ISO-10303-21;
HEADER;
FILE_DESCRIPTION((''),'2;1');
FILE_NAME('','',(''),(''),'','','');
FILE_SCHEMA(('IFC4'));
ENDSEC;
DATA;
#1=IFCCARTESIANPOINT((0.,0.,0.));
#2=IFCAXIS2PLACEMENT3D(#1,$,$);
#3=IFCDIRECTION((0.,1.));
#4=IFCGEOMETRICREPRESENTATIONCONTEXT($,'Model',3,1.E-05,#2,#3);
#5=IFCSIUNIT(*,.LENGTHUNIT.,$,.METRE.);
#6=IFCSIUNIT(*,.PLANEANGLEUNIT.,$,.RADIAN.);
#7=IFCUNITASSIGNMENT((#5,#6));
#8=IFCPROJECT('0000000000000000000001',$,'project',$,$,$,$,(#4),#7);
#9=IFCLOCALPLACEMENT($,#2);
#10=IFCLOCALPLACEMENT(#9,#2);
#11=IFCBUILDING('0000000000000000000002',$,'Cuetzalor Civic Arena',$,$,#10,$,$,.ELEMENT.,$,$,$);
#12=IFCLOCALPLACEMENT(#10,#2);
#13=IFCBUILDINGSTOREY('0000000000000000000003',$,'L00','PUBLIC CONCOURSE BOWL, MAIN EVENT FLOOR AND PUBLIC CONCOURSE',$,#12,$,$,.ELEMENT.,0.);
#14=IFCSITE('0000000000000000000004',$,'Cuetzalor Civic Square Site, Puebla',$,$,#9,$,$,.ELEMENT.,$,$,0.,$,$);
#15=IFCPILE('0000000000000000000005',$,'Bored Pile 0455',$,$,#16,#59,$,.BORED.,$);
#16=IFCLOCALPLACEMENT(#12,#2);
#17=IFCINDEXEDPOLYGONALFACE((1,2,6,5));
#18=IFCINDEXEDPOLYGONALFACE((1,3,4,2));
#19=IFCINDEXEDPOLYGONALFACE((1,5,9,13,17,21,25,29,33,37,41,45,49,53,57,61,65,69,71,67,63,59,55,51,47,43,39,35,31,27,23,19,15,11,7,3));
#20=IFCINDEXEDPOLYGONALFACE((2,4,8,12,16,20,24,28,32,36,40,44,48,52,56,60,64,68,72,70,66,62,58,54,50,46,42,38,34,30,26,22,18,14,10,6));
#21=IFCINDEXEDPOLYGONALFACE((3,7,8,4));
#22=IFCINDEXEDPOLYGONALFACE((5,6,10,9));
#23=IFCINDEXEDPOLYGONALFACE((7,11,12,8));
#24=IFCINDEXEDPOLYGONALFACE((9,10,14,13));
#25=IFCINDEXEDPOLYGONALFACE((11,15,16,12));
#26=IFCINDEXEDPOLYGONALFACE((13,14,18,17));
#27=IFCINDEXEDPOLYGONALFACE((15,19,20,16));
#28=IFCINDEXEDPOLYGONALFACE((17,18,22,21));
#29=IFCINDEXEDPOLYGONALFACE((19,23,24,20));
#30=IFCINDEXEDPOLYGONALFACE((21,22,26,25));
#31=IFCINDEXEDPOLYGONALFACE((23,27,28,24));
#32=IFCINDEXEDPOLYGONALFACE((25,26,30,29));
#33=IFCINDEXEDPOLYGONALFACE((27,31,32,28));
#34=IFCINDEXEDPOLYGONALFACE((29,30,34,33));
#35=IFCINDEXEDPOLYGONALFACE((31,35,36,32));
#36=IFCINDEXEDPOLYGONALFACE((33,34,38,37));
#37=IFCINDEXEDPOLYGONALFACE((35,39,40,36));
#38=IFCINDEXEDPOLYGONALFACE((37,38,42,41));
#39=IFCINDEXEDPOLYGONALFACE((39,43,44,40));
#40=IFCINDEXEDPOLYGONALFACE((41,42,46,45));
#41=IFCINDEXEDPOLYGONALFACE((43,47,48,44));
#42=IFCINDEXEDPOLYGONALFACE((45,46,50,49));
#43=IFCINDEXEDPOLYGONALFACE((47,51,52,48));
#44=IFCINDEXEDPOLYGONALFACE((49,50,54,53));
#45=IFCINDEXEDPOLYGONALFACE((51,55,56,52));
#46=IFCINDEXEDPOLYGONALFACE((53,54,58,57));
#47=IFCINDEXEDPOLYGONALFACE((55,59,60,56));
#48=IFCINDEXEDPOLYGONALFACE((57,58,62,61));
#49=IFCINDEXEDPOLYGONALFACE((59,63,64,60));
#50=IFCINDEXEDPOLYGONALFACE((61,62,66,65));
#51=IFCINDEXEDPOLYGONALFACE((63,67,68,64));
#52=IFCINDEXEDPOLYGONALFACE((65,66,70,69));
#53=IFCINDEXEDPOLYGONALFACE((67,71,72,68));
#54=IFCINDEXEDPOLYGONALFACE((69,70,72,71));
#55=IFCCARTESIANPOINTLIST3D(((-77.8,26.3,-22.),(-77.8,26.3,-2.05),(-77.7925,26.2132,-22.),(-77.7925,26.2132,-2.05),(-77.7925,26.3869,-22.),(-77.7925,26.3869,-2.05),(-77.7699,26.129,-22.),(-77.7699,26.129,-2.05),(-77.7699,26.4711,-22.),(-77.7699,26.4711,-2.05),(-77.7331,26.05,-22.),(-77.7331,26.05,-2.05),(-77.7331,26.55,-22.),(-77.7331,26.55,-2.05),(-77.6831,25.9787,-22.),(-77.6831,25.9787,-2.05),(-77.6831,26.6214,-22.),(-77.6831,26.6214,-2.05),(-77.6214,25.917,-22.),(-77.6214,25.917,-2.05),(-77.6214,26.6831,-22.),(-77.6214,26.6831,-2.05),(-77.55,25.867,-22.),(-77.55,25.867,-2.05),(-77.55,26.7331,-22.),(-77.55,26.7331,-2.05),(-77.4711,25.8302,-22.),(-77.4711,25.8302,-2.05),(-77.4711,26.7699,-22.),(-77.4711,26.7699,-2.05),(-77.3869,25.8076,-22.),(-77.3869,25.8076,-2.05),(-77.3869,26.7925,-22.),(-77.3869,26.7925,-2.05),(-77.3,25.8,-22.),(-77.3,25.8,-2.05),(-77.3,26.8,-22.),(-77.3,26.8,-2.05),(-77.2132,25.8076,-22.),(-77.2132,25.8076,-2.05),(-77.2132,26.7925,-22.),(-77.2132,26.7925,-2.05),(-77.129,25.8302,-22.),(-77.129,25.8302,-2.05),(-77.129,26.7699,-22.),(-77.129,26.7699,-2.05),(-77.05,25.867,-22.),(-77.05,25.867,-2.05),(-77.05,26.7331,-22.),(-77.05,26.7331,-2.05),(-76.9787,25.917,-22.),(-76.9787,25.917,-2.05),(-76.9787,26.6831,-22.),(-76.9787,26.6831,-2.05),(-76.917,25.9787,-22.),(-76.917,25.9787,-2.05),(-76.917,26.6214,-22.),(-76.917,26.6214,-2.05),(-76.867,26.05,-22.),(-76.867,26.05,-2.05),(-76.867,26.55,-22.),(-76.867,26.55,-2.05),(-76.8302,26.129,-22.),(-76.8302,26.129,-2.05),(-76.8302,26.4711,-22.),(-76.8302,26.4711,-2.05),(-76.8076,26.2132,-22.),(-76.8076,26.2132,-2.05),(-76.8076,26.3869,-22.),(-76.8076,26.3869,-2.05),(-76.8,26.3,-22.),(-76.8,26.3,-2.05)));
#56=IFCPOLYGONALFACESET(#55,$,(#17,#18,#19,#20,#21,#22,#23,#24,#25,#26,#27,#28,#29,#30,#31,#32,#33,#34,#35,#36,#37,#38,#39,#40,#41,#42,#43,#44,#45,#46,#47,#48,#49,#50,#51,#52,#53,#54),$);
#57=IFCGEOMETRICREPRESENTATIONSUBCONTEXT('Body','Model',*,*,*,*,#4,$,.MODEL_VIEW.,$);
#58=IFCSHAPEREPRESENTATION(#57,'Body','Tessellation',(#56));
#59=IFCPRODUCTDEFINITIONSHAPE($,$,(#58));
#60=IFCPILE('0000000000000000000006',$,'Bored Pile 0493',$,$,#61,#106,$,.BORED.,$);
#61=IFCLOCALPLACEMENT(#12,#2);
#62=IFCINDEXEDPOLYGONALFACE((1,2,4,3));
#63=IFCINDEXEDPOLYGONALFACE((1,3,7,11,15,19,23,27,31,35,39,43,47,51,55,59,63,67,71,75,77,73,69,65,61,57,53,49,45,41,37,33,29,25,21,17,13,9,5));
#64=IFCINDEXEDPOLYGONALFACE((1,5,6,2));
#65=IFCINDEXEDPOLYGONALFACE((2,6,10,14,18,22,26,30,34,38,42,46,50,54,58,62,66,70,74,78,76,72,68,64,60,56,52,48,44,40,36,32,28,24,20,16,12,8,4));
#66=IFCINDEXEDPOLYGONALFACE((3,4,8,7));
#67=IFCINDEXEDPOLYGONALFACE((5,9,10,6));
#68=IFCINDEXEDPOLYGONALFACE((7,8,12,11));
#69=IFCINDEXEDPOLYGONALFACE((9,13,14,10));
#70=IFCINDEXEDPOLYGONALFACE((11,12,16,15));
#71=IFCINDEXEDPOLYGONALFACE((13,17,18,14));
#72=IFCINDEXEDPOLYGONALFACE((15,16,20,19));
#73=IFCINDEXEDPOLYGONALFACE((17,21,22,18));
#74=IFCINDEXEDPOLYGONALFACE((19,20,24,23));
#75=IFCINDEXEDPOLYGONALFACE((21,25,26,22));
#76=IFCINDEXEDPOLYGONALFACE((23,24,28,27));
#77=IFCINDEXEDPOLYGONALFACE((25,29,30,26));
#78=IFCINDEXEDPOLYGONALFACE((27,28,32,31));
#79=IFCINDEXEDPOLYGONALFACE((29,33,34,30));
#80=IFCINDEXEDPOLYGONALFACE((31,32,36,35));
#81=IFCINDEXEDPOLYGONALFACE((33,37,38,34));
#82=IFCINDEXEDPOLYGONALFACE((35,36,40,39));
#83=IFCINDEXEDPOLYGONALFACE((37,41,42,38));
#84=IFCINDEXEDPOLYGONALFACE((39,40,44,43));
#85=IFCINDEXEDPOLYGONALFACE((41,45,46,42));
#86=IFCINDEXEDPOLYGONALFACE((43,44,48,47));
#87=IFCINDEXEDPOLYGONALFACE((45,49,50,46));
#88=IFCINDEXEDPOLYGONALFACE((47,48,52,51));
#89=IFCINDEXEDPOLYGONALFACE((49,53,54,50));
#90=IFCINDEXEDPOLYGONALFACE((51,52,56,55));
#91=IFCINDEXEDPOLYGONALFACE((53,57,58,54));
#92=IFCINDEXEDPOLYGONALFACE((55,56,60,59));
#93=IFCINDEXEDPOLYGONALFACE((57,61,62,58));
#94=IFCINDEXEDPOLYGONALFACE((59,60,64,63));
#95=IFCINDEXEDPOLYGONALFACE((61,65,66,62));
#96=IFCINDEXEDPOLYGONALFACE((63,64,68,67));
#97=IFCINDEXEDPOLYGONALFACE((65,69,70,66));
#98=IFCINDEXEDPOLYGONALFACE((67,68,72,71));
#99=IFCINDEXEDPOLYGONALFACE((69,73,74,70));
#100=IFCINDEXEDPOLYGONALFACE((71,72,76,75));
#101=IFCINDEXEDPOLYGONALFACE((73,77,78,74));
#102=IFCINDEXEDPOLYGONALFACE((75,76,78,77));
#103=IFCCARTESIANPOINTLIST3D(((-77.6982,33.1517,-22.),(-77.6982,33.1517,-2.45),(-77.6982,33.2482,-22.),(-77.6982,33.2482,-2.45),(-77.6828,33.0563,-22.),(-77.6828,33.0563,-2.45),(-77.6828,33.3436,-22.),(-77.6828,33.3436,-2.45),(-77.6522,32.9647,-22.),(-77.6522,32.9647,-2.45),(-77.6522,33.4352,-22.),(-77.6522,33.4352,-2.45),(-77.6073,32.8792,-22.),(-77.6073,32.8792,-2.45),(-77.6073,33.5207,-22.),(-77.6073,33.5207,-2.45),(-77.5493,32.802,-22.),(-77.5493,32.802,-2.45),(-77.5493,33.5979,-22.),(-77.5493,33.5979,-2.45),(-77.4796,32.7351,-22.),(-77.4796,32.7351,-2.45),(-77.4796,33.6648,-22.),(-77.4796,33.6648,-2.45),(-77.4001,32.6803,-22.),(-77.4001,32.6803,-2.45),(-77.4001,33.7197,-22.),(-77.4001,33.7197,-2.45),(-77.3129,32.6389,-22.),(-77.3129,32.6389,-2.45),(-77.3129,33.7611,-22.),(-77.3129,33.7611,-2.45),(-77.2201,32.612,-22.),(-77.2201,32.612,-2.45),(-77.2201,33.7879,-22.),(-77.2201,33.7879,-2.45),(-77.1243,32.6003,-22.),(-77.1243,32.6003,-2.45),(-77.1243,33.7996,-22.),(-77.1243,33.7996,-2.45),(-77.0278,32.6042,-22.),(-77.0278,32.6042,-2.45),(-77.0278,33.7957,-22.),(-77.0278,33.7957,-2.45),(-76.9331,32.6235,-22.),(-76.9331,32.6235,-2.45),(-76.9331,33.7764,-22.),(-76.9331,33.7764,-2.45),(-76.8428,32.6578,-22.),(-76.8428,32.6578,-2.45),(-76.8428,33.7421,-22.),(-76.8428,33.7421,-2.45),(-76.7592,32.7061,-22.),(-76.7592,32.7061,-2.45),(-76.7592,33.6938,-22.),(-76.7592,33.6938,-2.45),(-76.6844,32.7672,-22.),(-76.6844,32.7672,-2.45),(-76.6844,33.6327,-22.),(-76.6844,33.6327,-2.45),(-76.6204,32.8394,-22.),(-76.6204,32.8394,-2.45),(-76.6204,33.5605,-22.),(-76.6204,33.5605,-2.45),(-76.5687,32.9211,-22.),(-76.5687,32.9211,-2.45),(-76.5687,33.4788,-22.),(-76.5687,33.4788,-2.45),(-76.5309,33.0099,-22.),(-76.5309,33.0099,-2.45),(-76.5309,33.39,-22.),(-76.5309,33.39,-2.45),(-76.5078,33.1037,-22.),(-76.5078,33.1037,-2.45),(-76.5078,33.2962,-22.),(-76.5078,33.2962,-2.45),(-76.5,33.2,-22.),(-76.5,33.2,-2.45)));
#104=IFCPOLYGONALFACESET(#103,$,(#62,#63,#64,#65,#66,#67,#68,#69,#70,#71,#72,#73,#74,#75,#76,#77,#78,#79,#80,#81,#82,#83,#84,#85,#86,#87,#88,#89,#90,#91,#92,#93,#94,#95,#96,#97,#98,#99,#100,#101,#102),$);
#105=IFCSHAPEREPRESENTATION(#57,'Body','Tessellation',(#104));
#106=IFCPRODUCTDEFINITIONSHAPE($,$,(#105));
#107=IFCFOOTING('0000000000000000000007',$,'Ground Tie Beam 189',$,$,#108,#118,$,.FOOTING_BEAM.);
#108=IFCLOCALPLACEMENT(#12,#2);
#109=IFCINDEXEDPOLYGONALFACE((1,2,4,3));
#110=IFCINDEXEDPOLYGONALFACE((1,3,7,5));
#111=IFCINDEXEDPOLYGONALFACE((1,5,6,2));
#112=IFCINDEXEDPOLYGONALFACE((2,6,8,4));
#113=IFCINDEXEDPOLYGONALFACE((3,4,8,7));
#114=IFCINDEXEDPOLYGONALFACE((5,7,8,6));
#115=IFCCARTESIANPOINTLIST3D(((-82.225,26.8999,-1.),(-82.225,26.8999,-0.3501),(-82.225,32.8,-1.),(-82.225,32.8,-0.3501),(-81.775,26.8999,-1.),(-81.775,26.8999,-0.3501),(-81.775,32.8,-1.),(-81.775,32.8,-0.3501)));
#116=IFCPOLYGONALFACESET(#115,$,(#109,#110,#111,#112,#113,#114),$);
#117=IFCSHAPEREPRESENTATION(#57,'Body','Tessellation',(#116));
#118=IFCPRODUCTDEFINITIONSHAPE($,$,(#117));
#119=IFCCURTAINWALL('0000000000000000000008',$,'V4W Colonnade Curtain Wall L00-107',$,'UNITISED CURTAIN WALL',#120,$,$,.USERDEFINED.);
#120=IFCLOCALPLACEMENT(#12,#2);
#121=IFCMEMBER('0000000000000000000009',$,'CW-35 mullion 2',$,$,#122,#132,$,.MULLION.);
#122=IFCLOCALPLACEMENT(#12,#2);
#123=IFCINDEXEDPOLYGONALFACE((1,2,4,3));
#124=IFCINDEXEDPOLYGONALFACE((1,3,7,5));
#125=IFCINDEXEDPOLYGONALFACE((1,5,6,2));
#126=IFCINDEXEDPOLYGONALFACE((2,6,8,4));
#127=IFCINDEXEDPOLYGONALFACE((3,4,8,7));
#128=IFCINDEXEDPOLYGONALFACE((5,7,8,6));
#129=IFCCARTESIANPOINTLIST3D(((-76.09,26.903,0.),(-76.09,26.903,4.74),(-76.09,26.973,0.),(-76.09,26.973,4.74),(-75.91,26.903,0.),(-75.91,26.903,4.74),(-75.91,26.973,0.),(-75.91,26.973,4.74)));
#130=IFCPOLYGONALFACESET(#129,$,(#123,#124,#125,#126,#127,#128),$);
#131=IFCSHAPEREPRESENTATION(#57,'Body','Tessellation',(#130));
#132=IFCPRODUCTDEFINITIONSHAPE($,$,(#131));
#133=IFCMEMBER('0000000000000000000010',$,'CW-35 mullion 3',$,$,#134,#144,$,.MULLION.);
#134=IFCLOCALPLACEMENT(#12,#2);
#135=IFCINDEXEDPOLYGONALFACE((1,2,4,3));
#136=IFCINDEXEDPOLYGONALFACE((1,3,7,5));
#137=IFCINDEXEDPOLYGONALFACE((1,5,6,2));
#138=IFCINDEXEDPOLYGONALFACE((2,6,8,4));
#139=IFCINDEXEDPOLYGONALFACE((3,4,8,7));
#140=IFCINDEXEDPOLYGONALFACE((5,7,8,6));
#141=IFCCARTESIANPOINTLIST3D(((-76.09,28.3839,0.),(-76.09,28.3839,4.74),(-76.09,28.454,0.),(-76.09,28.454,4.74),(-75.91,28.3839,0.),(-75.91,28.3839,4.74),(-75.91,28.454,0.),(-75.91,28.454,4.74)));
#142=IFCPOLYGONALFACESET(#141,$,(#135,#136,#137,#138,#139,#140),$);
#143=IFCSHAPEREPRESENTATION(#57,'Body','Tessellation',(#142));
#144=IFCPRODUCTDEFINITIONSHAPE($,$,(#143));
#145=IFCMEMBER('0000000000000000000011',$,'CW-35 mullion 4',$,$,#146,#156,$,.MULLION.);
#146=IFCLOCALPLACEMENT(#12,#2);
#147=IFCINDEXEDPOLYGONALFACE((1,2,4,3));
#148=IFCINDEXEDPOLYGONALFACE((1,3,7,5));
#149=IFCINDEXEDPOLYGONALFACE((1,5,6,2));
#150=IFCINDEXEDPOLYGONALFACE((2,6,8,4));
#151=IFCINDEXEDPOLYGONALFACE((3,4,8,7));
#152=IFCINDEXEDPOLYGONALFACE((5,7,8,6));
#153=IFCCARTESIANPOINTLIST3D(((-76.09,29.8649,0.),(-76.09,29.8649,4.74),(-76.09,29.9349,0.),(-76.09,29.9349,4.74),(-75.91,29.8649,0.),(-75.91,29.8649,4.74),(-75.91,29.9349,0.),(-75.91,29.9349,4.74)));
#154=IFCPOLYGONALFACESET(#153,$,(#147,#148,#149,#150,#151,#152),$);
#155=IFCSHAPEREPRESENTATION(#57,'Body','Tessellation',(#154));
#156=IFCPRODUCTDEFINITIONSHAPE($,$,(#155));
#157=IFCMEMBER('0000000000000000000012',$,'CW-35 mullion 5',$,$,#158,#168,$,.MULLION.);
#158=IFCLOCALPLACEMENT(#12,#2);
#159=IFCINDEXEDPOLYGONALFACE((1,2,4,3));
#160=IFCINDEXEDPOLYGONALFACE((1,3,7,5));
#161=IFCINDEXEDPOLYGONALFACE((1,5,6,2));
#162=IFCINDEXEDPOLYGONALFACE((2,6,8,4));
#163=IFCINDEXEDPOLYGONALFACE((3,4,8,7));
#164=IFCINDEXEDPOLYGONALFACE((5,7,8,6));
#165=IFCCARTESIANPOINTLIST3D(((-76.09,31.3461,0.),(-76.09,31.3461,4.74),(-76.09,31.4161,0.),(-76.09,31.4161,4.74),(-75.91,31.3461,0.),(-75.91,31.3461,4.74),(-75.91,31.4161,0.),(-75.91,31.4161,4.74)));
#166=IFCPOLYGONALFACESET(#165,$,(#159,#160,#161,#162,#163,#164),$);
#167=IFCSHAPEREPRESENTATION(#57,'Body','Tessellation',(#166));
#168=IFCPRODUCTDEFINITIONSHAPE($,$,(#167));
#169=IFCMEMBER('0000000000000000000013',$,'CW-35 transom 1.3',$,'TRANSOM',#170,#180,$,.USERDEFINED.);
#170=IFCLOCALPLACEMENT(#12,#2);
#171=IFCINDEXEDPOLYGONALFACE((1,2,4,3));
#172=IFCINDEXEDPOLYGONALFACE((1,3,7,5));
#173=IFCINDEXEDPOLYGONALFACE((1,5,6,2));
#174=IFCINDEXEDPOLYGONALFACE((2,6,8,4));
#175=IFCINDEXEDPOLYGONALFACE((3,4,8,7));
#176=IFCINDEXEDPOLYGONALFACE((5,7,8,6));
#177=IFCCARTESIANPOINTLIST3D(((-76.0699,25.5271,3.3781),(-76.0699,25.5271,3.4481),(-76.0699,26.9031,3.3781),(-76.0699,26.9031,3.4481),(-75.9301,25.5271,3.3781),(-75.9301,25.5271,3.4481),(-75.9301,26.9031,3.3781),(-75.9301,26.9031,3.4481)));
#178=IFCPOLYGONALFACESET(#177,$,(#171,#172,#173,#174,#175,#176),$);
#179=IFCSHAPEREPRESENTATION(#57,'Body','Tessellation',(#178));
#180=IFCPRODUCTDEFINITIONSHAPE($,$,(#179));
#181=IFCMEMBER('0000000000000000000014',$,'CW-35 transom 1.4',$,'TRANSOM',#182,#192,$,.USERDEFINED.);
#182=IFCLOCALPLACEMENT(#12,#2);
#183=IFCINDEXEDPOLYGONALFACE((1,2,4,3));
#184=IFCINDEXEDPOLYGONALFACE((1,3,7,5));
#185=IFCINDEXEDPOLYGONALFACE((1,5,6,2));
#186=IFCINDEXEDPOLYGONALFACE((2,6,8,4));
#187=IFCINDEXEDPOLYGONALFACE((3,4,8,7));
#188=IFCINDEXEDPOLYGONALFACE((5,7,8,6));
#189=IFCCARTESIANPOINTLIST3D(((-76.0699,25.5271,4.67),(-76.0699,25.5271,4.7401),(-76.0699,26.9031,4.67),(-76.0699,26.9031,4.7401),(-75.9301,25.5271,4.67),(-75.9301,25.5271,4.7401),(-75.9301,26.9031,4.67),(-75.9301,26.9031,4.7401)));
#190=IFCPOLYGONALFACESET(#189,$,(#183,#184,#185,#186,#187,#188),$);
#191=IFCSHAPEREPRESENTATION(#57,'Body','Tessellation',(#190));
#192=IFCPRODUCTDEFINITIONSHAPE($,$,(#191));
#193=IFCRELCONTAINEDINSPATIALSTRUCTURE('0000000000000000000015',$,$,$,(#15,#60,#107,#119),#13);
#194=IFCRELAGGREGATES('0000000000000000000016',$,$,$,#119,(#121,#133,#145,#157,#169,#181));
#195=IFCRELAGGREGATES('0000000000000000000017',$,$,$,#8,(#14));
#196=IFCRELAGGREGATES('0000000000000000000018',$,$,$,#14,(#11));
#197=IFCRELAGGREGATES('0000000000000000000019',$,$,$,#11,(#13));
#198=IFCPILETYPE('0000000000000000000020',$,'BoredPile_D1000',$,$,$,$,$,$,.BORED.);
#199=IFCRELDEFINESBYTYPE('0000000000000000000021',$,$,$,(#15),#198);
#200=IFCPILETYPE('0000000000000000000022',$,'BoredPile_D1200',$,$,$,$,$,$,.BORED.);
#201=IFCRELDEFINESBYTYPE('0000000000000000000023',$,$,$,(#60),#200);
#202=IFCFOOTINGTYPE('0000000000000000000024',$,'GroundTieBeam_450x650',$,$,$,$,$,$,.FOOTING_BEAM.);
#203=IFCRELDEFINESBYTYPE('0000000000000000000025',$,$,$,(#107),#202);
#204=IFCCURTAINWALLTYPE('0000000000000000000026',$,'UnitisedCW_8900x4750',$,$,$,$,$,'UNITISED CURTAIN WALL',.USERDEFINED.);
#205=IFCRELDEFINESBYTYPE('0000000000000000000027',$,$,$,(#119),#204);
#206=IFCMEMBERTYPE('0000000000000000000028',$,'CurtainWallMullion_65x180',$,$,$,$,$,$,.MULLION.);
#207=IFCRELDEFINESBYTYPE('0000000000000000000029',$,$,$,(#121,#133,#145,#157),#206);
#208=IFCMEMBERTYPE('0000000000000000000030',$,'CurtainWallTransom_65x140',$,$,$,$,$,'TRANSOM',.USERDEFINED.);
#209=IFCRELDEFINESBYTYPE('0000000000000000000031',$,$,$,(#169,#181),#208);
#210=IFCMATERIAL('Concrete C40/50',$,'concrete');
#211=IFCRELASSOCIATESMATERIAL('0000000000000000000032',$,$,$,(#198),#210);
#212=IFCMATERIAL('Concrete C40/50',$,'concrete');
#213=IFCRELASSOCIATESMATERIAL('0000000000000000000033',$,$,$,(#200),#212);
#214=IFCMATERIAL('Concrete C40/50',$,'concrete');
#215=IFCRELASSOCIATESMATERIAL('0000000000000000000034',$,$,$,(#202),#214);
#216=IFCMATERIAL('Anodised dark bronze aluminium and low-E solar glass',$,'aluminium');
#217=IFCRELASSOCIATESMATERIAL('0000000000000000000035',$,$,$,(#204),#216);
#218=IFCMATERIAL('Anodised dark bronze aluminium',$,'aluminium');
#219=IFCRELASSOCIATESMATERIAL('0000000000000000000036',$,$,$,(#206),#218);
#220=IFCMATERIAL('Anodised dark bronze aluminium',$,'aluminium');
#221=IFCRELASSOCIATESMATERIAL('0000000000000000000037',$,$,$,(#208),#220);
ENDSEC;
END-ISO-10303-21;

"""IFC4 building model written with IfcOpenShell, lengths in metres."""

from ifc_helpers import new_model, si_unit, direction, frame, origin, origin_2d, place, context, subcontext, project, spatial, rectangle, circle, extrude, material, material_profile, profile_set, type_object, element, aggregate, save


model = new_model("IFC4")

# Units and contexts
model_context = context("Model", 3, precision=1e-05, world=origin(), true_north=direction((0.0, 1.0)))
body_context = subcontext(model_context, "Body", "Model", "MODEL_VIEW")
ifc_project = project(units=[si_unit("LENGTHUNIT", "METRE"), si_unit("PLANEANGLEUNIT", "RADIAN")], contexts=[model_context])

# Site, building, storey
site_placement = place(None, origin())
site = spatial("IfcSite", under=ifc_project, at=site_placement, Name="Cuetzalor Civic Square Site, Puebla", CompositionType="ELEMENT", RefElevation=0.0)
building_placement = place(site_placement, origin())
building = spatial("IfcBuilding", under=site, at=building_placement, Name="Cuetzalor Civic Arena", CompositionType="ELEMENT")
storey_placement = place(building_placement, origin())
storey = spatial("IfcBuildingStorey", under=building, at=storey_placement, Name="L00", Description="PUBLIC CONCOURSE BOWL, MAIN EVENT FLOOR AND PUBLIC CONCOURSE", CompositionType="ELEMENT", Elevation=0.0)

# Piles
ifc_material_1 = material(Name="Concrete C40/50", Category="concrete")
ifc_material_profile_1 = material_profile(ifc_material_1, circle(Radius=0.5, at=origin_2d()), Name="BORED PILE D1000")
ifc_profile_set_1 = profile_set([ifc_material_profile_1], Name="Concrete C40/50")
pile_type_1 = type_object("IfcPileType", Name="BoredPile_D1000", PredefinedType="BORED", material=ifc_profile_set_1)
pile_1_placement = place(storey_placement, frame((-77.3, 26.3, -2.05), z_axis=(0.0, 0.0, -1.0), x_axis=(1.0, 0.0, 0.0)))
element("IfcPile", 1, at=pile_1_placement, inside=storey, type_object=pile_type_1, Name="Bored Pile 0455", PredefinedType="BORED", context=body_context, shape_type="SweptSolid", body=[
    extrude(circle(Radius=0.5, at=origin_2d()), origin(), (0.0, 0.0, 1.0), 19.95),
])
ifc_material_2 = material(Name="Concrete C40/50", Category="concrete")
ifc_material_profile_2 = material_profile(ifc_material_2, circle(Radius=0.6001, at=origin_2d()), Name="BORED PILE D1200")
ifc_profile_set_2 = profile_set([ifc_material_profile_2], Name="Concrete C40/50")
pile_type_2 = type_object("IfcPileType", Name="BoredPile_D1200", PredefinedType="BORED", material=ifc_profile_set_2)
pile_2_placement = place(storey_placement, frame((-77.1001, 33.2, -2.45), z_axis=(0.0, 0.0, -1.0), x_axis=(1.0, 0.0, 0.0)))
element("IfcPile", 2, at=pile_2_placement, inside=storey, type_object=pile_type_2, Name="Bored Pile 0493", PredefinedType="BORED", context=body_context, shape_type="SweptSolid", body=[
    extrude(circle(Radius=0.6001, at=origin_2d()), origin(), (0.0, 0.0, 1.0), 19.55),
])

# Footing
ifc_material_3 = material(Name="Concrete C40/50", Category="concrete")
ifc_material_profile_3 = material_profile(ifc_material_3, rectangle(XDim=0.45, YDim=0.6499, at=origin_2d()), Name="RC 450x650")
ifc_profile_set_3 = profile_set([ifc_material_profile_3], Name="Concrete C40/50")
footing_type = type_object("IfcFootingType", Name="GroundTieBeam_450x650", PredefinedType="FOOTING_BEAM", material=ifc_profile_set_3)
footing_placement = place(storey_placement, frame((-82.0, 26.8999, -0.675), z_axis=(0.0, 1.0, 0.0), x_axis=(-1.0, 0.0, 0.0)))
element("IfcFooting", 3, at=footing_placement, inside=storey, type_object=footing_type, Name="Ground Tie Beam 189", PredefinedType="FOOTING_BEAM", context=body_context, shape_type="SweptSolid", body=[
    extrude(rectangle(XDim=0.45, YDim=0.6499, at=origin_2d()), origin(), (0.0, 0.0, 1.0), 5.9001),
])

# Curtain wall, members
ifc_material_4 = material(Name="Anodised dark bronze aluminium and low-E solar glass", Category="aluminium")
curtain_wall_type = type_object("IfcCurtainWallType", Name="UnitisedCW_8900x4750", ElementType="UNITISED CURTAIN WALL", PredefinedType="USERDEFINED", material=ifc_material_4)
curtain_wall_placement = place(storey_placement, origin())
curtain_wall = element("IfcCurtainWall", 4, at=curtain_wall_placement, inside=storey, type_object=curtain_wall_type, Name="V4W Colonnade Curtain Wall L00-107", ObjectType="UNITISED CURTAIN WALL", PredefinedType="USERDEFINED")
ifc_material_5 = material(Name="Anodised dark bronze aluminium", Category="aluminium")
ifc_material_profile_4 = material_profile(ifc_material_5, rectangle(XDim=0.0701, YDim=0.1799, at=origin_2d()), Name="ALU MULLION 70x180")
ifc_profile_set_4 = profile_set([ifc_material_profile_4], Name="Anodised dark bronze aluminium")
member_type_1 = type_object("IfcMemberType", Name="CurtainWallMullion_65x180", PredefinedType="MULLION", material=ifc_profile_set_4)
member_1_placement = place(storey_placement, frame((-76.0, 26.938, 0.0), z_axis=(0.0, 0.0, 1.0), x_axis=(0.0, 1.0, 0.0)))
member_1 = element("IfcMember", 5, at=member_1_placement, type_object=member_type_1, Name="CW-35 mullion 2", PredefinedType="MULLION", context=body_context, shape_type="SweptSolid", body=[
    extrude(rectangle(XDim=0.0701, YDim=0.1799, at=origin_2d()), origin(), (0.0, 0.0, 1.0), 4.74),
])
member_2_placement = place(storey_placement, frame((-76.0, 28.4189, 0.0), z_axis=(0.0, 0.0, 1.0), x_axis=(0.0, 1.0, 0.0)))
member_2 = element("IfcMember", 6, at=member_2_placement, type_object=member_type_1, Name="CW-35 mullion 3", PredefinedType="MULLION", context=body_context, shape_type="SweptSolid", body=[
    extrude(rectangle(XDim=0.0701, YDim=0.1799, at=origin_2d()), origin(), (0.0, 0.0, 1.0), 4.74),
])
member_3_placement = place(storey_placement, frame((-76.0, 29.8999, 0.0), z_axis=(0.0, 0.0, 1.0), x_axis=(0.0, 1.0, 0.0)))
member_3 = element("IfcMember", 7, at=member_3_placement, type_object=member_type_1, Name="CW-35 mullion 4", PredefinedType="MULLION", context=body_context, shape_type="SweptSolid", body=[
    extrude(rectangle(XDim=0.0701, YDim=0.1799, at=origin_2d()), origin(), (0.0, 0.0, 1.0), 4.74),
])
member_4_placement = place(storey_placement, frame((-76.0, 31.3811, 0.0), z_axis=(0.0, 0.0, 1.0), x_axis=(0.0, 1.0, 0.0)))
member_4 = element("IfcMember", 8, at=member_4_placement, type_object=member_type_1, Name="CW-35 mullion 5", PredefinedType="MULLION", context=body_context, shape_type="SweptSolid", body=[
    extrude(rectangle(XDim=0.0701, YDim=0.1799, at=origin_2d()), origin(), (0.0, 0.0, 1.0), 4.74),
])
ifc_material_6 = material(Name="Anodised dark bronze aluminium", Category="aluminium")
ifc_material_profile_5 = material_profile(ifc_material_6, rectangle(XDim=0.1399, YDim=0.0701, at=origin_2d()), Name="ALU TRANSOM 70x140")
ifc_profile_set_5 = profile_set([ifc_material_profile_5], Name="Anodised dark bronze aluminium")
member_type_2 = type_object("IfcMemberType", Name="CurtainWallTransom_65x140", ElementType="TRANSOM", PredefinedType="USERDEFINED", material=ifc_profile_set_5)
member_5_placement = place(storey_placement, frame((-76.0, 25.5271, 3.4131), z_axis=(0.0, 1.0, 0.0), x_axis=(-1.0, 0.0, 0.0)))
member_5 = element("IfcMember", 9, at=member_5_placement, type_object=member_type_2, Name="CW-35 transom 1.3", ObjectType="TRANSOM", PredefinedType="USERDEFINED", context=body_context, shape_type="SweptSolid", body=[
    extrude(rectangle(XDim=0.1399, YDim=0.0701, at=origin_2d()), origin(), (0.0, 0.0, 1.0), 1.376),
])
member_6_placement = place(storey_placement, frame((-76.0, 25.5271, 4.7051), z_axis=(0.0, 1.0, 0.0), x_axis=(-1.0, 0.0, 0.0)))
member_6 = element("IfcMember", 10, at=member_6_placement, type_object=member_type_2, Name="CW-35 transom 1.4", ObjectType="TRANSOM", PredefinedType="USERDEFINED", context=body_context, shape_type="SweptSolid", body=[
    extrude(rectangle(XDim=0.1399, YDim=0.0701, at=origin_2d()), origin(), (0.0, 0.0, 1.0), 1.376),
])

aggregate(curtain_wall, [member_1, member_2, member_3, member_4, member_5, member_6])

save(model, "model.ifc")
